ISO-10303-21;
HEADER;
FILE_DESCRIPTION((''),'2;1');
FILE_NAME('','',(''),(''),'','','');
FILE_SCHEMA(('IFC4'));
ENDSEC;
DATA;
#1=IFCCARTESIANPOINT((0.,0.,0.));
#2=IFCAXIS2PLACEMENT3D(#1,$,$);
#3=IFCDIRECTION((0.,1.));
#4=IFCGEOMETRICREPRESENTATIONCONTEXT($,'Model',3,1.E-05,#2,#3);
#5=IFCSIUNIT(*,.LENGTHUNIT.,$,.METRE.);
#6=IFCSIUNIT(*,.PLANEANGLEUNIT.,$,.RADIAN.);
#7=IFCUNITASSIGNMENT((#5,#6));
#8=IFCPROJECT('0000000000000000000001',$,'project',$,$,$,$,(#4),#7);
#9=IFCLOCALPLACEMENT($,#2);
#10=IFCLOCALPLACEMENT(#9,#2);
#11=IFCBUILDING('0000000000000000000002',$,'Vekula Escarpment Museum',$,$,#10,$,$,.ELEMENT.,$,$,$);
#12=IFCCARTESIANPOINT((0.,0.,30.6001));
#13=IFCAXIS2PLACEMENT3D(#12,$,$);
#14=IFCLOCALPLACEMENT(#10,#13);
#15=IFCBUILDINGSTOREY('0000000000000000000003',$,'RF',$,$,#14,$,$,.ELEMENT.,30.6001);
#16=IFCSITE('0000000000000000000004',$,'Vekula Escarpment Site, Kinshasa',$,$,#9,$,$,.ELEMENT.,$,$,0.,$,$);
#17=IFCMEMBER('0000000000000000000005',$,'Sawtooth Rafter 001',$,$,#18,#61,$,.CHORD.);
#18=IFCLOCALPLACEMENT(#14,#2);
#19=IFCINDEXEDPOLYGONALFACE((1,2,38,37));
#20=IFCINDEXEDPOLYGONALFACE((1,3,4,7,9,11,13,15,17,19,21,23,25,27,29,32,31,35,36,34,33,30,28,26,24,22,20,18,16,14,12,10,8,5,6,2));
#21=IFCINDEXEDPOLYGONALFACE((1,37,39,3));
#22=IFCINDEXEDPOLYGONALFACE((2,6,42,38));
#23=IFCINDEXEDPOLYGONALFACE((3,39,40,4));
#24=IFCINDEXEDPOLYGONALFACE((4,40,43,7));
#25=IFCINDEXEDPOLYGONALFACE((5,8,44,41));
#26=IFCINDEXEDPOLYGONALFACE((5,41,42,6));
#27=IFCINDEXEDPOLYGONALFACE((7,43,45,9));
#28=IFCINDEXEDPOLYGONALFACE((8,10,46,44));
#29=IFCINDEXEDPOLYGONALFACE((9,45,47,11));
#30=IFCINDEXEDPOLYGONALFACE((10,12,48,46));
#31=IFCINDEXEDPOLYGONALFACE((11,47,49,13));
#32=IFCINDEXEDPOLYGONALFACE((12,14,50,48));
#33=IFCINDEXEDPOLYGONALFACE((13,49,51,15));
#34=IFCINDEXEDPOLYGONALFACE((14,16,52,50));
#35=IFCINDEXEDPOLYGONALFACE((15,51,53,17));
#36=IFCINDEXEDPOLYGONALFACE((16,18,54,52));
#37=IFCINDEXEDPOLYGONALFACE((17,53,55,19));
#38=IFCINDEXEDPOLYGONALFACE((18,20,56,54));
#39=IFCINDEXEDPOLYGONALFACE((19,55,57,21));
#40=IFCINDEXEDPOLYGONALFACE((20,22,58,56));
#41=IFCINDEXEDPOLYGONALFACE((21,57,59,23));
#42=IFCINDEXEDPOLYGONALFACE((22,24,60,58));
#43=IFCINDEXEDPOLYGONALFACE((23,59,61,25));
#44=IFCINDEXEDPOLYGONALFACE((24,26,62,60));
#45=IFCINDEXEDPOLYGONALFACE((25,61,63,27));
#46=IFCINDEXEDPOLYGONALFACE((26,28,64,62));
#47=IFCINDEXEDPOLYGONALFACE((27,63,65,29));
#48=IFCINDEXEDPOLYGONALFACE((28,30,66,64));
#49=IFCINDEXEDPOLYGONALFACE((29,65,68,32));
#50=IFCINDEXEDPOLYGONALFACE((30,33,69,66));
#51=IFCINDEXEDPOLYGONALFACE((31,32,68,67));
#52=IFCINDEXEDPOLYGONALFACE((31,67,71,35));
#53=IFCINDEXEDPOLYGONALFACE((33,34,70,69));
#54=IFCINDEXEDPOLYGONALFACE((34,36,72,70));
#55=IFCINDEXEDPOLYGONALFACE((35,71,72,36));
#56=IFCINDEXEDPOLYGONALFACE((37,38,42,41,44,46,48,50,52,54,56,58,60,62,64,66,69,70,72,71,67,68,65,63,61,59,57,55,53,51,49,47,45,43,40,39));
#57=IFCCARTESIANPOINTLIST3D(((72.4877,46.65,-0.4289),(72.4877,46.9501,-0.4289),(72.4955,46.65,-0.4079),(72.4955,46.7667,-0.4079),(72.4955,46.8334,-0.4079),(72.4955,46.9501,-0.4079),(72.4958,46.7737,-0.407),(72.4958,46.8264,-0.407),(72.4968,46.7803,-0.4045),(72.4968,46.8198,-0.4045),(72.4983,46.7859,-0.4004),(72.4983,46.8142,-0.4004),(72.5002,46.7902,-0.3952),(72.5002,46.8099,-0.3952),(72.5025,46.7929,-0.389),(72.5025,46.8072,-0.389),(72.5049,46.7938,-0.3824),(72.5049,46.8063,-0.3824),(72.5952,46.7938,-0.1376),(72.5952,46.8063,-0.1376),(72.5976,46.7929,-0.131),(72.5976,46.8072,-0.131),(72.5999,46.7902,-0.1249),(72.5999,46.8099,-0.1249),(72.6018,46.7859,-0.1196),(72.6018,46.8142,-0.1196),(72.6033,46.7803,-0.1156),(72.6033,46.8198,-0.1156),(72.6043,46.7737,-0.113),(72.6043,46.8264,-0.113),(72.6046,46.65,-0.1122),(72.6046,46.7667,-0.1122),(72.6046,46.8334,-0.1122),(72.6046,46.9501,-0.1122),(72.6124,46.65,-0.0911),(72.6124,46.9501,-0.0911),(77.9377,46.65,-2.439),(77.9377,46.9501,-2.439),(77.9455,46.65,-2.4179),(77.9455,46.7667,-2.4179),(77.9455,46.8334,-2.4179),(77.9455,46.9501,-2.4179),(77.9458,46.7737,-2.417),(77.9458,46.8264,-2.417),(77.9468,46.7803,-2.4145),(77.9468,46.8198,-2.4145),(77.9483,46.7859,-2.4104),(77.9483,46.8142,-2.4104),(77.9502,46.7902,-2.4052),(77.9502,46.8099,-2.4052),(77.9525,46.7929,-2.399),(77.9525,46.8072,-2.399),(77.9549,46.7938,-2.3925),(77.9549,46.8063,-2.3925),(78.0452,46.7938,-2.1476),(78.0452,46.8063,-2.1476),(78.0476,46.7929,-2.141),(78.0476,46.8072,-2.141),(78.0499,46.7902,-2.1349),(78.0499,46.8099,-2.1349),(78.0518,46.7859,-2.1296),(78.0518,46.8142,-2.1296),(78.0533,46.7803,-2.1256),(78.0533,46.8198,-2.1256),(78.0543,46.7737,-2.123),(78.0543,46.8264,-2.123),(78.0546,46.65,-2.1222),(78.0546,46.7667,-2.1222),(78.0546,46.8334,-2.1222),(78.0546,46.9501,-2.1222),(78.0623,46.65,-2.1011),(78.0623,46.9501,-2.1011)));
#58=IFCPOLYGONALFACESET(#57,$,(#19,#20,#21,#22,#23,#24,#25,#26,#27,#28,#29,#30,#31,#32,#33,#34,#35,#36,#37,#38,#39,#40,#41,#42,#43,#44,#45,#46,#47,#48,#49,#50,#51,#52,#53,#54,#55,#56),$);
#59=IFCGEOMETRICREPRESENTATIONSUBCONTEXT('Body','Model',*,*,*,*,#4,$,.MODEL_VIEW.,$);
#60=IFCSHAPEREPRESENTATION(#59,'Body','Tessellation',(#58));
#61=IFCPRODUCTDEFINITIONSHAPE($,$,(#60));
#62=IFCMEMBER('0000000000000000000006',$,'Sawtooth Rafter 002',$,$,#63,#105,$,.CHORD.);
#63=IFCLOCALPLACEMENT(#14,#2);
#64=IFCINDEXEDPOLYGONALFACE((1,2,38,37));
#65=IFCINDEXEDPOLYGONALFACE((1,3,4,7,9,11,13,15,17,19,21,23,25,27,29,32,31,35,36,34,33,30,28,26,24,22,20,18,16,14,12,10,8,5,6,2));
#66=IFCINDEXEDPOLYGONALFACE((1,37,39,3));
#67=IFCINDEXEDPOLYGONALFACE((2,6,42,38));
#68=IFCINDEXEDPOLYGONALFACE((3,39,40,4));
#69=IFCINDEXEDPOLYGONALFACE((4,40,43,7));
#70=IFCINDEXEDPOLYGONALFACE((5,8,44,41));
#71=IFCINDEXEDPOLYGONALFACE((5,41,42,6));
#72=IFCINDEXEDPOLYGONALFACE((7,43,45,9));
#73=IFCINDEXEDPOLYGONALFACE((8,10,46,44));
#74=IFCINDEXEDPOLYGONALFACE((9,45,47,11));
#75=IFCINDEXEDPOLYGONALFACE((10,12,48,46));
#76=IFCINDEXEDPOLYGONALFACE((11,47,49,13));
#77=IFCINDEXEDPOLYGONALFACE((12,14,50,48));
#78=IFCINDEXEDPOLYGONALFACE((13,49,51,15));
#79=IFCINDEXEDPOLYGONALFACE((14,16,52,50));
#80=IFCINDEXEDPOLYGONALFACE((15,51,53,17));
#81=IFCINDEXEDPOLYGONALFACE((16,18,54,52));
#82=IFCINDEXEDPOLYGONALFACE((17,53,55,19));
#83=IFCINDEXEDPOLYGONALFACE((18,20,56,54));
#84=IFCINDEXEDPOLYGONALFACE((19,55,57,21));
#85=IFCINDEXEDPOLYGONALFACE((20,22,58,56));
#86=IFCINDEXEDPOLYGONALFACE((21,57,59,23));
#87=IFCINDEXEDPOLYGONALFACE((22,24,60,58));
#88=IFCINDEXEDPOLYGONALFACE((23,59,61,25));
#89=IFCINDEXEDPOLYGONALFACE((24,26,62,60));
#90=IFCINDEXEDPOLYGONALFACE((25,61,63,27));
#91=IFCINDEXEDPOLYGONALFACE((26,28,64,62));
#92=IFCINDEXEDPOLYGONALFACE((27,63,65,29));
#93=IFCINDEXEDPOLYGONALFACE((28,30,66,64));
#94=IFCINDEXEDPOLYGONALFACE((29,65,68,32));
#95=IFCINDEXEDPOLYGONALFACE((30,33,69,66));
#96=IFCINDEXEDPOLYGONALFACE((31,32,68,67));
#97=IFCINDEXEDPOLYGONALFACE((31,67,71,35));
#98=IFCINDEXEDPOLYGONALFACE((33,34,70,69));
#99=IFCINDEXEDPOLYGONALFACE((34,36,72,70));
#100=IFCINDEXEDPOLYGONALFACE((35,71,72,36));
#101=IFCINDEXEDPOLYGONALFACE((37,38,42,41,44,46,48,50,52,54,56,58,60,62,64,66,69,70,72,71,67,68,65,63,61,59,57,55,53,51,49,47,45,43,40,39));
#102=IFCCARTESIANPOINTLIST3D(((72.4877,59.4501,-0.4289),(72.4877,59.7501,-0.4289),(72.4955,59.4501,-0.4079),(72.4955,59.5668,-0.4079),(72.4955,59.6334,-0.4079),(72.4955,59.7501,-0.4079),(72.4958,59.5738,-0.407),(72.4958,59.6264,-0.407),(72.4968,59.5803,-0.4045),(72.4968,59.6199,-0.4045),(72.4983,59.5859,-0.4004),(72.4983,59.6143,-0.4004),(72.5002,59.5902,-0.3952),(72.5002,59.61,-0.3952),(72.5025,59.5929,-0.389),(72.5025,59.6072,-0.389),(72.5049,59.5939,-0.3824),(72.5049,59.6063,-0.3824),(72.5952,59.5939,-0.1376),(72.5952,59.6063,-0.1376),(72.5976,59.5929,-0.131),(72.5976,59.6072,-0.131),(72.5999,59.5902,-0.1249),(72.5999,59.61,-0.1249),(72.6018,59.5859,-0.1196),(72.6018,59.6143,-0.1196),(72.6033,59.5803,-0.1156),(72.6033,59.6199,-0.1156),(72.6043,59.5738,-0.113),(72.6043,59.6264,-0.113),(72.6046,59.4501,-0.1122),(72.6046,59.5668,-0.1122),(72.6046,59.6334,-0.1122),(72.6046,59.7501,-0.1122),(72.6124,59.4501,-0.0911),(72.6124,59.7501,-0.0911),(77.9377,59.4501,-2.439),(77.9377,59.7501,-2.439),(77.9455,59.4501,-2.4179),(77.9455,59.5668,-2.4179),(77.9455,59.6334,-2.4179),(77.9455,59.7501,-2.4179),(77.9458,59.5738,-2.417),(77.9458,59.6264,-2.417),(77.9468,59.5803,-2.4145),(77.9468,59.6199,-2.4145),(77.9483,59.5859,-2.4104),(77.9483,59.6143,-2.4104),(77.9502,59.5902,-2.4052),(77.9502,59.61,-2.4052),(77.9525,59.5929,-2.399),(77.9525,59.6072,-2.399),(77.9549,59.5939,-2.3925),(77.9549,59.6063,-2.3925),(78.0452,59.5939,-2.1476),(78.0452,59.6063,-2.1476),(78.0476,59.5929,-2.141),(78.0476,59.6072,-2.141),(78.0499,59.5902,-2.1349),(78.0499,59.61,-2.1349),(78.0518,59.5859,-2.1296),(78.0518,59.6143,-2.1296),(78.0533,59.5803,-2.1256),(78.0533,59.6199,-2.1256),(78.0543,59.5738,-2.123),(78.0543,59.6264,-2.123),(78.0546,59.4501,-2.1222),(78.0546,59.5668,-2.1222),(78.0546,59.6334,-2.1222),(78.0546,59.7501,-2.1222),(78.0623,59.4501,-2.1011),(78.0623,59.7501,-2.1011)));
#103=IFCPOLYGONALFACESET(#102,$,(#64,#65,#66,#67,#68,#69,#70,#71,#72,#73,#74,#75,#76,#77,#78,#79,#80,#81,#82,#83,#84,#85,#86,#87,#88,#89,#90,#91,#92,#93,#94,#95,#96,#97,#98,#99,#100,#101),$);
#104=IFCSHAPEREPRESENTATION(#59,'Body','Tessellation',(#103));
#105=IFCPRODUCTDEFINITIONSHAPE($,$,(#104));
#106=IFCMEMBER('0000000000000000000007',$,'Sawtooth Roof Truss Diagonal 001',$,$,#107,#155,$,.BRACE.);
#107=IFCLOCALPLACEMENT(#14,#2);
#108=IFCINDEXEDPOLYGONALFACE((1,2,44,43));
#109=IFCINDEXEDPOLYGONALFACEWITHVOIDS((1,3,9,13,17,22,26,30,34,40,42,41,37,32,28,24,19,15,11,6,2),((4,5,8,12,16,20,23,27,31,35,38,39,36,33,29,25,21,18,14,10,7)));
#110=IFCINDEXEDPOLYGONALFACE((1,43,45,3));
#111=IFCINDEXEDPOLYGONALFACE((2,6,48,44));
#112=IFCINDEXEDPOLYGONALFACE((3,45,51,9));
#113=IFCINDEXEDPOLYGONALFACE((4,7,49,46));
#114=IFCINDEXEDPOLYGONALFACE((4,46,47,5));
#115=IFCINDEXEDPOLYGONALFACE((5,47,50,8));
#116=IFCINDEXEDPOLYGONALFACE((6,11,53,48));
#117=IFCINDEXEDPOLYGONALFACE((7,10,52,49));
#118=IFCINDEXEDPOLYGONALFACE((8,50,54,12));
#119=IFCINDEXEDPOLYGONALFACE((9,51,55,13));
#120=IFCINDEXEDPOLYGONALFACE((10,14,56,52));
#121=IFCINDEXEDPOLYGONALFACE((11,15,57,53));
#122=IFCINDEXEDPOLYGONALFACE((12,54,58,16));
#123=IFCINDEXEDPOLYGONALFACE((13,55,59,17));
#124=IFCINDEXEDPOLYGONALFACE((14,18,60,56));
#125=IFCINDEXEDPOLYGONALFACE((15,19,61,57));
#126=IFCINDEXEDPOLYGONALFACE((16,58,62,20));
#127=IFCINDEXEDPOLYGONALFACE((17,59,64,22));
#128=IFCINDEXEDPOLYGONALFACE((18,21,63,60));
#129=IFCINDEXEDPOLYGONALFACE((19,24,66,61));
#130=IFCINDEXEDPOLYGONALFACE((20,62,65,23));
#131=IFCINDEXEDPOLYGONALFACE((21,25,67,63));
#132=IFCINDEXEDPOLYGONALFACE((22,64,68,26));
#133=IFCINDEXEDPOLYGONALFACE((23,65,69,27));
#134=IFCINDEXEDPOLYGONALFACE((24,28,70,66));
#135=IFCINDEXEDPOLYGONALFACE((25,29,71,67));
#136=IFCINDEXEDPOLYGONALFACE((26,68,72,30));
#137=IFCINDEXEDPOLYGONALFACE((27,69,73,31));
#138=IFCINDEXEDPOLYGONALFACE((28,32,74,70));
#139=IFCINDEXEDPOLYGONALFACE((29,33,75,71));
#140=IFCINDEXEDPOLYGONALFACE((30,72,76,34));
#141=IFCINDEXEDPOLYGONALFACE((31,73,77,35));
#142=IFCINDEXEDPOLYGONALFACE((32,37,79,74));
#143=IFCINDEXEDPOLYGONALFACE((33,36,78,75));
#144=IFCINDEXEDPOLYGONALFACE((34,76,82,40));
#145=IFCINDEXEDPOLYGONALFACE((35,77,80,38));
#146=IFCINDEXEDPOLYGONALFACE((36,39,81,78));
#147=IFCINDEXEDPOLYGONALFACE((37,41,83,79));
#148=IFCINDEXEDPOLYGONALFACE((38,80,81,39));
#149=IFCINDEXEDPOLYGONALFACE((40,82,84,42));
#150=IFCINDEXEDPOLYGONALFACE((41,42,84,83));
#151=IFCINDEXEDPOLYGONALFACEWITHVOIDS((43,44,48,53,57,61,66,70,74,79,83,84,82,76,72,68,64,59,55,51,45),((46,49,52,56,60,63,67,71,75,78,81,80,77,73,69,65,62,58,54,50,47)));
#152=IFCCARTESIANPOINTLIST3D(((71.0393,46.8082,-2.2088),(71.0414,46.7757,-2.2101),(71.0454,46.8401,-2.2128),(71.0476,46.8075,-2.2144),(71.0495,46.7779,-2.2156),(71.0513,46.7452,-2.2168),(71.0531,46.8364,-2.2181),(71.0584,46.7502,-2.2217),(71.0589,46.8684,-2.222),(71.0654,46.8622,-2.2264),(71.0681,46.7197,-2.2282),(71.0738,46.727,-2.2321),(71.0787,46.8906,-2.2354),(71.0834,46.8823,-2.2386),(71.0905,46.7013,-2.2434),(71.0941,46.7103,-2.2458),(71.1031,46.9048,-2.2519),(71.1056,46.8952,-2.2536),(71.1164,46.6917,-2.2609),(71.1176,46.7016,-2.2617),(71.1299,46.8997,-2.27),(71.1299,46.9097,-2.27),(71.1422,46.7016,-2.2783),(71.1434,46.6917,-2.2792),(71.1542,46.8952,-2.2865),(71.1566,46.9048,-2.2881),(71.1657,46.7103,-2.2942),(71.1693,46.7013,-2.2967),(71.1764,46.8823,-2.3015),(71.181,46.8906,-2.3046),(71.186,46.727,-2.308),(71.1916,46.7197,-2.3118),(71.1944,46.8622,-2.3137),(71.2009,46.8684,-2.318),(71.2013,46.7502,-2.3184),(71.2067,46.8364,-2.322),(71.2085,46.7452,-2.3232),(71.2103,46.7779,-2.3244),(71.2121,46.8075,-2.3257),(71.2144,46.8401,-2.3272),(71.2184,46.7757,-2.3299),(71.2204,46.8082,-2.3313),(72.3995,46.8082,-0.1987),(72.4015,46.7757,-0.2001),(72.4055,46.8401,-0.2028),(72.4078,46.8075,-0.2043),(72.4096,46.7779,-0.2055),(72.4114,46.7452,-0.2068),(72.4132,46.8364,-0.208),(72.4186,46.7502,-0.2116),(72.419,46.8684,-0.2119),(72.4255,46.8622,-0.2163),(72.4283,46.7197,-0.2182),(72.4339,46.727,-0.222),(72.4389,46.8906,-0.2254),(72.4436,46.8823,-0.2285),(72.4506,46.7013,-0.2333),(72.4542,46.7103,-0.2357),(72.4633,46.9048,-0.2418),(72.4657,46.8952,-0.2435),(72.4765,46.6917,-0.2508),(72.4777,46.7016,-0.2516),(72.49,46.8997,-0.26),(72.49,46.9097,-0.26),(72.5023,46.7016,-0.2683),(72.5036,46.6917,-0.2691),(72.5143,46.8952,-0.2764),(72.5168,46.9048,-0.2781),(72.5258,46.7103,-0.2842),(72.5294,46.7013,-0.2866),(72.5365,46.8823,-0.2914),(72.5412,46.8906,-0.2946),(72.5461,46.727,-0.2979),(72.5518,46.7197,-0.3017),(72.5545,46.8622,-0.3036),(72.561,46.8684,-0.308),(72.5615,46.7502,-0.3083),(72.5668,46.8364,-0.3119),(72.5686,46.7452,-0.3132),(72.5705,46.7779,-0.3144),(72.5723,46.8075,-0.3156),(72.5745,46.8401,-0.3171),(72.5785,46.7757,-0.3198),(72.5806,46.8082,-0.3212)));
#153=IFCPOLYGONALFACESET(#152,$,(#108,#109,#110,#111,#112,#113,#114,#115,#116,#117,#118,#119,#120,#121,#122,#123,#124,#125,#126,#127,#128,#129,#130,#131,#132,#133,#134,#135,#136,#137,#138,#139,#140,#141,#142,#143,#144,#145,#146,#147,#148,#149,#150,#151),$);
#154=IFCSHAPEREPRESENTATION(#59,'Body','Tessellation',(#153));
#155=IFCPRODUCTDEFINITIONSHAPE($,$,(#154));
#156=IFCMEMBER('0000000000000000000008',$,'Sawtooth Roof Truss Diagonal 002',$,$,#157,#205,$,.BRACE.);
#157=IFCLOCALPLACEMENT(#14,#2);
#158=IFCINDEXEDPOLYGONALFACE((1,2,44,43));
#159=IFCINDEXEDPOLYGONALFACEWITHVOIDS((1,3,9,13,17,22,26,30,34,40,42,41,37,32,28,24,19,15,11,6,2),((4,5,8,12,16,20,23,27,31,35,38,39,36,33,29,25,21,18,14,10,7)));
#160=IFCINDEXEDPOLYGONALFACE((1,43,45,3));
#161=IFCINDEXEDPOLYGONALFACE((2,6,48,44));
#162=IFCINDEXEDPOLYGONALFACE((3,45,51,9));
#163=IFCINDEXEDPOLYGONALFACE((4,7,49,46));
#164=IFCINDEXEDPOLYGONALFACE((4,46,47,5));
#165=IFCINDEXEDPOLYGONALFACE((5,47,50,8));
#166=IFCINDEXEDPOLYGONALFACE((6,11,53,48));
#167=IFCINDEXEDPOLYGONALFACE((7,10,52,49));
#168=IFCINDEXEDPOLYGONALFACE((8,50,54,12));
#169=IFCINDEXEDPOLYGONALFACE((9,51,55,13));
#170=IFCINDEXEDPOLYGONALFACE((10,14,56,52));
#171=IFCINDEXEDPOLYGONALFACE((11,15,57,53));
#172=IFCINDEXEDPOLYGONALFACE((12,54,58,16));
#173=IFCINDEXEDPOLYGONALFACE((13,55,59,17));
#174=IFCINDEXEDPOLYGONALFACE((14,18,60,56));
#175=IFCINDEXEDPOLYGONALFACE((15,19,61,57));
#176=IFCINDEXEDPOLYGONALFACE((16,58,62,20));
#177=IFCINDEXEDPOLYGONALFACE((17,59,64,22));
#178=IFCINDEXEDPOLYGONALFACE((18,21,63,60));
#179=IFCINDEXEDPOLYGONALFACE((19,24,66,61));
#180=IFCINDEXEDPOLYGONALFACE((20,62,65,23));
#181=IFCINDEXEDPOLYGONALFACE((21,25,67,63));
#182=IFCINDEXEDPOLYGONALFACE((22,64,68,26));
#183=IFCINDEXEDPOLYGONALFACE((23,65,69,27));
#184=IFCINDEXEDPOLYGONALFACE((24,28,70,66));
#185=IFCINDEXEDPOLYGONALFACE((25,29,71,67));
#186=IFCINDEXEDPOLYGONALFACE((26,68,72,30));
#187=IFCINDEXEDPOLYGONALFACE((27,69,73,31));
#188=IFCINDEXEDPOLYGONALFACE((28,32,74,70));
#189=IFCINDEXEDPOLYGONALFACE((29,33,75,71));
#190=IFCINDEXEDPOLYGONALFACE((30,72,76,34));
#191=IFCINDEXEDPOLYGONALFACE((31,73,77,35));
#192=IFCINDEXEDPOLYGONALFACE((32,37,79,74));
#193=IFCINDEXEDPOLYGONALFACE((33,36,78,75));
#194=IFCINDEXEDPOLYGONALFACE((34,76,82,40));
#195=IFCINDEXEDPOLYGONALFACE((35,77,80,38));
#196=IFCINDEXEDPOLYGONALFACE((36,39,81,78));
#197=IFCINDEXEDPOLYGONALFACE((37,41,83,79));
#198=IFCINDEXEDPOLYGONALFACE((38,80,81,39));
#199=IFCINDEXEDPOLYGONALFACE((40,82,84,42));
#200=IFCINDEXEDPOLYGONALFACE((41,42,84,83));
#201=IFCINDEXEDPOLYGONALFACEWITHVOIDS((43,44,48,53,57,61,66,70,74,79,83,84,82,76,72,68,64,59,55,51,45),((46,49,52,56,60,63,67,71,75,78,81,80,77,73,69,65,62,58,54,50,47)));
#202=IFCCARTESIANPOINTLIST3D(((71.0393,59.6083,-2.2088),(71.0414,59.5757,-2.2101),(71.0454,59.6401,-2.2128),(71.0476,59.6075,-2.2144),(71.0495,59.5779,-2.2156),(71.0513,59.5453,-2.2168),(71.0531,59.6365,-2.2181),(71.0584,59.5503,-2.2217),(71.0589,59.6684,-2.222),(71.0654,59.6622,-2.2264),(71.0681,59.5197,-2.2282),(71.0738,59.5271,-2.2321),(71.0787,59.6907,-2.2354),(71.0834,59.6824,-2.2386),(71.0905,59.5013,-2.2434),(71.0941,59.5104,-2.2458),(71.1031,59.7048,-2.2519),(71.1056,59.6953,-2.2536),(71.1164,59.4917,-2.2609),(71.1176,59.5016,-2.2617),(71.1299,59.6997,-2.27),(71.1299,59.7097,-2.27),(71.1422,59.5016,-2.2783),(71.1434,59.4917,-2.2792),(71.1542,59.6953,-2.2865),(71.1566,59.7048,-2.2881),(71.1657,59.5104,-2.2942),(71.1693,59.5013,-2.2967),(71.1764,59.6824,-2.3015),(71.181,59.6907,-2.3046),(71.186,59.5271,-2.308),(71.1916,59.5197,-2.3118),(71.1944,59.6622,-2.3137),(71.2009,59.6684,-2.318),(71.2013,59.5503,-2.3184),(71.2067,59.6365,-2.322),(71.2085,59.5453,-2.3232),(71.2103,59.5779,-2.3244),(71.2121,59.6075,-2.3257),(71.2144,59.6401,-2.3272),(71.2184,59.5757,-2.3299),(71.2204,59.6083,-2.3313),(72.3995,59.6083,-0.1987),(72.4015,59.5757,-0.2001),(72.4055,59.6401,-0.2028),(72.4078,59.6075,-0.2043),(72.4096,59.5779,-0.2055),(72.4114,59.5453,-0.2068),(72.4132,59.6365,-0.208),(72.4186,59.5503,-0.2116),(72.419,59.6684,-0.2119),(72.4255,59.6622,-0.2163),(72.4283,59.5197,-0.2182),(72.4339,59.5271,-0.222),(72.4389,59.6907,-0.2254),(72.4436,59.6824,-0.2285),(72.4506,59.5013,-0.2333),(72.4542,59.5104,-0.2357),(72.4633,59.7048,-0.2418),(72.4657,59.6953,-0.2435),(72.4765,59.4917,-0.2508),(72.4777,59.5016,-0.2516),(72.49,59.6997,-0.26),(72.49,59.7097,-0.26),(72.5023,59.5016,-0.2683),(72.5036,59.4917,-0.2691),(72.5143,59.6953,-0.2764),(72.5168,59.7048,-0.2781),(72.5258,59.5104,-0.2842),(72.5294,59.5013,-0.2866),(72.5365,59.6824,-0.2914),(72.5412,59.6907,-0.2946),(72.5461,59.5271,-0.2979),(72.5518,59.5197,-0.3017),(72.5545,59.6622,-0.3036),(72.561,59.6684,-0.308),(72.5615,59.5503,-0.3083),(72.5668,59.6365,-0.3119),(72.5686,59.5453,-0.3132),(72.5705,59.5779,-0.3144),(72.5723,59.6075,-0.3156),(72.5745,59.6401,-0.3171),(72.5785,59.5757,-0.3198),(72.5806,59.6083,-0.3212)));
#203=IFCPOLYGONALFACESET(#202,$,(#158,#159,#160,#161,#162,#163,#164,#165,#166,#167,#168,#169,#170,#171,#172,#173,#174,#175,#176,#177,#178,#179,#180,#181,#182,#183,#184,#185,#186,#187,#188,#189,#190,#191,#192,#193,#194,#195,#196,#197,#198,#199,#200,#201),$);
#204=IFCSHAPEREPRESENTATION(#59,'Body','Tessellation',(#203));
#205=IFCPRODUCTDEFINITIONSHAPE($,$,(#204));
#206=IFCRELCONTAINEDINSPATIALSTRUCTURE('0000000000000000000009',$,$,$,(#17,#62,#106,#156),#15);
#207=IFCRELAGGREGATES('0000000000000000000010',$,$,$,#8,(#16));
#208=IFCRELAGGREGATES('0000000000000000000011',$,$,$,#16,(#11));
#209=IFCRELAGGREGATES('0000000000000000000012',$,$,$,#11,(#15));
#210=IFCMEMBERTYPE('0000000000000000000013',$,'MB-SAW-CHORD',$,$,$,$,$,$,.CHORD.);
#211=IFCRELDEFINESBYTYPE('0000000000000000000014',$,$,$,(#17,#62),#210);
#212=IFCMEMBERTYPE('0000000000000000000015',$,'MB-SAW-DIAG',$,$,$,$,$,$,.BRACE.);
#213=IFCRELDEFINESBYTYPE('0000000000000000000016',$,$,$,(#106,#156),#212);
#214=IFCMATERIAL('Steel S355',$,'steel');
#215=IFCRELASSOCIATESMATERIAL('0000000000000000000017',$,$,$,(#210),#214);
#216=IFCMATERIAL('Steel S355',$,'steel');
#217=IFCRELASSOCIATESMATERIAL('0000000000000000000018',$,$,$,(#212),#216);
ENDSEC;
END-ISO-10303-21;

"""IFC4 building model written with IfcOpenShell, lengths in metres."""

from ifc_helpers import new_model, si_unit, direction, frame, origin, origin_2d, place, context, subcontext, project, spatial, hollow_circle, i_section, extrude, material, material_profile, profile_set, type_object, element, save


model = new_model("IFC4")

# Units and contexts
model_context = context("Model", 3, precision=1e-05, world=origin(), true_north=direction((0.0, 1.0)))
body_context = subcontext(model_context, "Body", "Model", "MODEL_VIEW")
ifc_project = project(units=[si_unit("LENGTHUNIT", "METRE"), si_unit("PLANEANGLEUNIT", "RADIAN")], contexts=[model_context])

# Site, building, storey
site_placement = place(None, origin())
site = spatial("IfcSite", under=ifc_project, at=site_placement, Name="Vekula Escarpment Site, Kinshasa", CompositionType="ELEMENT", RefElevation=0.0)
building_placement = place(site_placement, origin())
building = spatial("IfcBuilding", under=site, at=building_placement, Name="Vekula Escarpment Museum", CompositionType="ELEMENT")
storey_placement = place(building_placement, frame((0.0, 0.0, 30.6001)))
storey = spatial("IfcBuildingStorey", under=building, at=storey_placement, Name="RF", CompositionType="ELEMENT", Elevation=30.6001)

# Members
ifc_material_1 = material(Name="Steel S355", Category="steel")
ifc_material_profile_1 = material_profile(ifc_material_1, i_section(OverallWidth=0.3, OverallDepth=0.3601, WebThickness=0.0125, FlangeThickness=0.0225, FilletRadius=0.0271, at=origin_2d()), Name="HEB 360")
ifc_profile_set_1 = profile_set([ifc_material_profile_1], Name="Steel S355")
member_type_1 = type_object("IfcMemberType", Name="MB-SAW-CHORD", PredefinedType="CHORD", material=ifc_profile_set_1)
for number, where, z_axis, x_axis, name in (
    (1, (72.55, 46.8, -0.26), (0.938224, 0.0, -0.346029), (0.0, 1.0, 0.0), "Sawtooth Rafter 001"),
    (2, (72.55, 59.6001, -0.26), (0.938224, 0.0, -0.346029), (0.0, 1.0, 0.0), "Sawtooth Rafter 002"),
):
    element("IfcMember", number, at=place(storey_placement, frame(where, z_axis=z_axis, x_axis=x_axis)), inside=storey, type_object=member_type_1, Name=name, PredefinedType="CHORD", context=body_context, shape_type="SweptSolid", body=[
        extrude(i_section(OverallWidth=0.3, OverallDepth=0.3601, WebThickness=0.0125, FlangeThickness=0.0225, FilletRadius=0.0271, at=origin_2d()), origin(), (0.0, 0.0, 1.0), 5.8088),
    ])
ifc_material_2 = material(Name="Steel S355", Category="steel")
ifc_material_profile_2 = material_profile(ifc_material_2, hollow_circle(Radius=0.1096, WallThickness=0.01, at=origin_2d()), Name="CHS 219.1x10")
ifc_profile_set_2 = profile_set([ifc_material_profile_2], Name="Steel S355")
member_type_2 = type_object("IfcMemberType", Name="MB-SAW-DIAG", PredefinedType="BRACE", material=ifc_profile_set_2)
for number, where, z_axis, x_axis, name in (
    (3, (71.1299, 46.8, -2.27), (0.560421, 0.0, 0.828208), (0.0, 1.0, 0.0), "Sawtooth Roof Truss Diagonal 001"),
    (4, (71.1299, 59.6001, -2.27), (0.560421, 0.0, 0.828208), (0.0, 1.0, 0.0), "Sawtooth Roof Truss Diagonal 002"),
):
    element("IfcMember", number, at=place(storey_placement, frame(where, z_axis=z_axis, x_axis=x_axis)), inside=storey, type_object=member_type_2, Name=name, PredefinedType="BRACE", context=body_context, shape_type="SweptSolid", body=[
        extrude(hollow_circle(Radius=0.1096, WallThickness=0.01, at=origin_2d()), origin(), (0.0, 0.0, 1.0), 2.427),
    ])

save(model, "model.ifc")
